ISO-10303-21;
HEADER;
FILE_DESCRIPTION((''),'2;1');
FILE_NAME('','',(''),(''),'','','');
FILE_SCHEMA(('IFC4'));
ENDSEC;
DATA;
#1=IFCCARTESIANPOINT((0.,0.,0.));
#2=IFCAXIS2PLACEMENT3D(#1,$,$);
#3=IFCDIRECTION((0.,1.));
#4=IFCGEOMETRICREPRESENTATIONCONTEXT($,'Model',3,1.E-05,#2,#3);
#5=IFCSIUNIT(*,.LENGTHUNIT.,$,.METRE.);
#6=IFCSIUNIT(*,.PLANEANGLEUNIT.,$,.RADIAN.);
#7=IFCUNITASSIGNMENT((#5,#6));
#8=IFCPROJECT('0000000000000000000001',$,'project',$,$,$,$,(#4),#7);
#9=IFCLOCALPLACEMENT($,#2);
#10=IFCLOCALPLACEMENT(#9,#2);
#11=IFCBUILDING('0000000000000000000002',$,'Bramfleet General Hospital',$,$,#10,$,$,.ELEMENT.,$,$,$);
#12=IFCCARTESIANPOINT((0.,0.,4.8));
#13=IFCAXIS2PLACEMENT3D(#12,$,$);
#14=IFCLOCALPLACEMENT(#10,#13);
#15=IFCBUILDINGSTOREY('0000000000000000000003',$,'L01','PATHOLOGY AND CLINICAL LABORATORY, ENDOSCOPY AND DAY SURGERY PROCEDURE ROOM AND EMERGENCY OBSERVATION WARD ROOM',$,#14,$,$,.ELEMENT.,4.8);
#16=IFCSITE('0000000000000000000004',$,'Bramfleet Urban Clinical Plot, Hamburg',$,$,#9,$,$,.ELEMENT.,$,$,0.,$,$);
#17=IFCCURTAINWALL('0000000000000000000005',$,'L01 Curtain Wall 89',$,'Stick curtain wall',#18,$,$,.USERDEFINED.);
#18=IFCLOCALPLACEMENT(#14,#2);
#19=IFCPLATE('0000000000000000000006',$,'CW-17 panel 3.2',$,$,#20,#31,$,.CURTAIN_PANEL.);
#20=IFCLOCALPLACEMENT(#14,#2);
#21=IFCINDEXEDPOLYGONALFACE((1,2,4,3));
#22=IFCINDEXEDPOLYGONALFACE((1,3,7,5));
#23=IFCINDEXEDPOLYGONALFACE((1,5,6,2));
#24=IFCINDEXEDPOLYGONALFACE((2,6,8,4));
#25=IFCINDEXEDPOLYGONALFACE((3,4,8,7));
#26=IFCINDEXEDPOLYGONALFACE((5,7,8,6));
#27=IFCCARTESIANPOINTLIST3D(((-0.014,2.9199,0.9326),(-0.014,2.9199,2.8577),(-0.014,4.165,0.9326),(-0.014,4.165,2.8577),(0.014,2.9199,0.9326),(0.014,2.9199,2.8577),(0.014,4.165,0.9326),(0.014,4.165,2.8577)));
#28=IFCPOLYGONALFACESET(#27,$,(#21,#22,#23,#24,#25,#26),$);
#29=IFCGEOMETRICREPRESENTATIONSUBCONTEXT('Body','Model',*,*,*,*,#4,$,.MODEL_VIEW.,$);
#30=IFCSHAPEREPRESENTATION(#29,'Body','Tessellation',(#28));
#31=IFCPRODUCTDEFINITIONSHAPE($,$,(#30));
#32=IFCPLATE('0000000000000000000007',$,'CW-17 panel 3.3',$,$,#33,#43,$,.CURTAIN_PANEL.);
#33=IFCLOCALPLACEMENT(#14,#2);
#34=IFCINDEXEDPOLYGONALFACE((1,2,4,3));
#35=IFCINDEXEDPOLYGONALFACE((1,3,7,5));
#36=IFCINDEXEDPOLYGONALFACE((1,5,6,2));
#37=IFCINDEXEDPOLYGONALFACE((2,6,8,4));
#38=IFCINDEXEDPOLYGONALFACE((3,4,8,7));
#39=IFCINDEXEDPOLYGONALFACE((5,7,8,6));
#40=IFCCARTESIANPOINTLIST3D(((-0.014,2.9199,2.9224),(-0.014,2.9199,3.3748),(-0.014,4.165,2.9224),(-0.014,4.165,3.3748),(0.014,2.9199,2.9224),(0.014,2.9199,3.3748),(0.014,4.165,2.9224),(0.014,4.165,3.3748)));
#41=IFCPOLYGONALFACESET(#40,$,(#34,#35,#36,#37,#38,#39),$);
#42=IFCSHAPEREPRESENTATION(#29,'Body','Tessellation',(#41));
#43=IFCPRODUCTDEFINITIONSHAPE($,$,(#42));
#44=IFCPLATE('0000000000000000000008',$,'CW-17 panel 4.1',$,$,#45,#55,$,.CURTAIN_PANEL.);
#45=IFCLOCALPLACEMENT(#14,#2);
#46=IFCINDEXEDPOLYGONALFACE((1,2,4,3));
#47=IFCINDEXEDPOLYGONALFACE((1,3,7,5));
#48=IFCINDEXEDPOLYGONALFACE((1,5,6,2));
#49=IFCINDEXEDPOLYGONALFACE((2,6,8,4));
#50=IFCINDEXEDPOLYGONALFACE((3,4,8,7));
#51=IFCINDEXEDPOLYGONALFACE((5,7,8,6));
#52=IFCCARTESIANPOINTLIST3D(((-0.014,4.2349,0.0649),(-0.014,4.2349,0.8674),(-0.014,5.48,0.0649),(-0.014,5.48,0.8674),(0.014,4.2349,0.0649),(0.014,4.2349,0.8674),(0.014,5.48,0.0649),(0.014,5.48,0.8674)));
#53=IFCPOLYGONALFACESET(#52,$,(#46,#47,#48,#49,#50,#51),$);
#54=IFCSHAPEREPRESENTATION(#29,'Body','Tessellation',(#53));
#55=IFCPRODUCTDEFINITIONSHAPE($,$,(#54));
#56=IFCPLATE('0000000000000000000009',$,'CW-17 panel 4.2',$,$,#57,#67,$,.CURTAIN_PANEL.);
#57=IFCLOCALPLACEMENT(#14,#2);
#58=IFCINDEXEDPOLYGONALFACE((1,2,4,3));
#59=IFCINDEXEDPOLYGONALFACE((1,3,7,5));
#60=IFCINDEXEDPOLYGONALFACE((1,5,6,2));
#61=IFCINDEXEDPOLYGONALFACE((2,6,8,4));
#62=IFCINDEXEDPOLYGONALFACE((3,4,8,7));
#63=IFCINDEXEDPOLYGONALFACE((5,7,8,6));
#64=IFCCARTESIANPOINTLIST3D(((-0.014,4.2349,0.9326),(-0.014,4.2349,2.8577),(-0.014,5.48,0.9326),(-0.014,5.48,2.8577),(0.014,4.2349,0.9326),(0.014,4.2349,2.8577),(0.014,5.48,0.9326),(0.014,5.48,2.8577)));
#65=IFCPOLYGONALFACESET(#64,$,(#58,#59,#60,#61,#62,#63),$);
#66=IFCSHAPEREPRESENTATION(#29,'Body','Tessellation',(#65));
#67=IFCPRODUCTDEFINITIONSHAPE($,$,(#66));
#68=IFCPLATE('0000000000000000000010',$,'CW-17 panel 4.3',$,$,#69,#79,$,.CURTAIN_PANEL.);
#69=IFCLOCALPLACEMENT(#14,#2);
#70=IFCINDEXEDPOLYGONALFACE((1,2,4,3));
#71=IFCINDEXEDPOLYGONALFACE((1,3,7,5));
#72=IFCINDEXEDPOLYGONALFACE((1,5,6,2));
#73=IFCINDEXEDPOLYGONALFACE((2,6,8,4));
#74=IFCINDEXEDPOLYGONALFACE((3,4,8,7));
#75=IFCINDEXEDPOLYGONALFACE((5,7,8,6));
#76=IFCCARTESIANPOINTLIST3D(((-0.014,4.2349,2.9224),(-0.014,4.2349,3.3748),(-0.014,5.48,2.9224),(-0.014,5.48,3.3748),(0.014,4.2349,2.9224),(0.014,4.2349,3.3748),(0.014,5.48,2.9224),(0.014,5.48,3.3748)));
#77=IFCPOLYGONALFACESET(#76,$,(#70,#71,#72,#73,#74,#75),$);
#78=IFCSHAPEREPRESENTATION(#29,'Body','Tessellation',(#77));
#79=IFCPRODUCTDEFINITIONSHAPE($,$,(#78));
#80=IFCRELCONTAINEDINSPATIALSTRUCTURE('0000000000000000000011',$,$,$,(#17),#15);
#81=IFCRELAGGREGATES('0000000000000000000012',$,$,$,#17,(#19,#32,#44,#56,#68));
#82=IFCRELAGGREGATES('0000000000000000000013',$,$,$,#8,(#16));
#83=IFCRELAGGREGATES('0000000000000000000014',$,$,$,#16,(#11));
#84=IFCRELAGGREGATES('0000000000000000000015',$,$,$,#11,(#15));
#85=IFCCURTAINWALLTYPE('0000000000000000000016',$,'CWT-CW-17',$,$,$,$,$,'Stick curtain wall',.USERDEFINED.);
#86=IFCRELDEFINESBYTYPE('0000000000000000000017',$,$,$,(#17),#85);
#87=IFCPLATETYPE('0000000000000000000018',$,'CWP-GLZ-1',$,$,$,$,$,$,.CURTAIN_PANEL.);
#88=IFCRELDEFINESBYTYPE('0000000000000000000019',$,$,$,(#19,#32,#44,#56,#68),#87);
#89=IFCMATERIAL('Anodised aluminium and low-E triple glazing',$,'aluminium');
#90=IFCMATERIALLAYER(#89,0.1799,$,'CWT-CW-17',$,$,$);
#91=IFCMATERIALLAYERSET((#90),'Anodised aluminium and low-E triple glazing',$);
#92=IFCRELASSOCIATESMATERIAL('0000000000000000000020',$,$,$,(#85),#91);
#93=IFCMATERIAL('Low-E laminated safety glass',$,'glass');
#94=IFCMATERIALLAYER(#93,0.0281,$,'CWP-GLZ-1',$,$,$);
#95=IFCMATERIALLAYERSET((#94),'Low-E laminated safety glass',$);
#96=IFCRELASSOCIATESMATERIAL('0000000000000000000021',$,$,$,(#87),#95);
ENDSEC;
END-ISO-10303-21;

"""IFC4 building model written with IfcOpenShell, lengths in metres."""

from ifc_helpers import new_model, si_unit, direction, frame, origin, origin_2d, place, context, subcontext, project, spatial, rectangle, extrude, material, layer, layer_set, type_object, element, aggregate, save


model = new_model("IFC4")

# Units and contexts
model_context = context("Model", 3, precision=1e-05, world=origin(), true_north=direction((0.0, 1.0)))
body_context = subcontext(model_context, "Body", "Model", "MODEL_VIEW")
ifc_project = project(units=[si_unit("LENGTHUNIT", "METRE"), si_unit("PLANEANGLEUNIT", "RADIAN")], contexts=[model_context])

# Site, building, storey
site_placement = place(None, origin())
site = spatial("IfcSite", under=ifc_project, at=site_placement, Name="Bramfleet Urban Clinical Plot, Hamburg", CompositionType="ELEMENT", RefElevation=0.0)
building_placement = place(site_placement, origin())
building = spatial("IfcBuilding", under=site, at=building_placement, Name="Bramfleet General Hospital", CompositionType="ELEMENT")
storey_placement = place(building_placement, frame((0.0, 0.0, 4.8)))
storey = spatial("IfcBuildingStorey", under=building, at=storey_placement, Name="L01", Description="PATHOLOGY AND CLINICAL LABORATORY, ENDOSCOPY AND DAY SURGERY PROCEDURE ROOM AND EMERGENCY OBSERVATION WARD ROOM", CompositionType="ELEMENT", Elevation=4.8)

# Curtain wall, plates
ifc_material_1 = material(Name="Anodised aluminium and low-E triple glazing", Category="aluminium")
ifc_layer_1 = layer(ifc_material_1, 0.1799, Name="CWT-CW-17")
ifc_layer_set_1 = layer_set([ifc_layer_1], Name="Anodised aluminium and low-E triple glazing")
curtain_wall_type = type_object("IfcCurtainWallType", Name="CWT-CW-17", ElementType="Stick curtain wall", PredefinedType="USERDEFINED", material=ifc_layer_set_1)
curtain_wall_placement = place(storey_placement, origin())
curtain_wall = element("IfcCurtainWall", 1, at=curtain_wall_placement, inside=storey, type_object=curtain_wall_type, Name="L01 Curtain Wall 89", ObjectType="Stick curtain wall", PredefinedType="USERDEFINED")
ifc_material_2 = material(Name="Low-E laminated safety glass", Category="glass")
ifc_layer_2 = layer(ifc_material_2, 0.0281, Name="CWP-GLZ-1")
ifc_layer_set_2 = layer_set([ifc_layer_2], Name="Low-E laminated safety glass")
plate_type = type_object("IfcPlateType", Name="CWP-GLZ-1", PredefinedType="CURTAIN_PANEL", material=ifc_layer_set_2)
plate_1_placement = place(storey_placement, frame((0.0, 3.5425, 0.9326), z_axis=(0.0, 0.0, 1.0), x_axis=(0.0, 1.0, 0.0)))
plate_1 = element("IfcPlate", 2, at=plate_1_placement, type_object=plate_type, Name="CW-17 panel 3.2", PredefinedType="CURTAIN_PANEL", context=body_context, shape_type="SweptSolid", body=[
    extrude(rectangle(XDim=1.2451, YDim=0.0281, at=origin_2d()), origin(), (0.0, 0.0, 1.0), 1.925),
])
plate_2_placement = place(storey_placement, frame((0.0, 3.5425, 2.9224), z_axis=(0.0, 0.0, 1.0), x_axis=(0.0, 1.0, 0.0)))
plate_2 = element("IfcPlate", 3, at=plate_2_placement, type_object=plate_type, Name="CW-17 panel 3.3", PredefinedType="CURTAIN_PANEL", context=body_context, shape_type="SweptSolid", body=[
    extrude(rectangle(XDim=1.2451, YDim=0.0281, at=origin_2d()), origin(), (0.0, 0.0, 1.0), 0.4524),
])
plate_3_placement = place(storey_placement, frame((0.0, 4.8574, 0.0649), z_axis=(0.0, 0.0, 1.0), x_axis=(0.0, 1.0, 0.0)))
plate_3 = element("IfcPlate", 4, at=plate_3_placement, type_object=plate_type, Name="CW-17 panel 4.1", PredefinedType="CURTAIN_PANEL", context=body_context, shape_type="SweptSolid", body=[
    extrude(rectangle(XDim=1.2451, YDim=0.0281, at=origin_2d()), origin(), (0.0, 0.0, 1.0), 0.8025),
])
plate_4_placement = place(storey_placement, frame((0.0, 4.8574, 0.9326), z_axis=(0.0, 0.0, 1.0), x_axis=(0.0, 1.0, 0.0)))
plate_4 = element("IfcPlate", 5, at=plate_4_placement, type_object=plate_type, Name="CW-17 panel 4.2", PredefinedType="CURTAIN_PANEL", context=body_context, shape_type="SweptSolid", body=[
    extrude(rectangle(XDim=1.2451, YDim=0.0281, at=origin_2d()), origin(), (0.0, 0.0, 1.0), 1.925),
])
plate_5_placement = place(storey_placement, frame((0.0, 4.8574, 2.9224), z_axis=(0.0, 0.0, 1.0), x_axis=(0.0, 1.0, 0.0)))
plate_5 = element("IfcPlate", 6, at=plate_5_placement, type_object=plate_type, Name="CW-17 panel 4.3", PredefinedType="CURTAIN_PANEL", context=body_context, shape_type="SweptSolid", body=[
    extrude(rectangle(XDim=1.2451, YDim=0.0281, at=origin_2d()), origin(), (0.0, 0.0, 1.0), 0.4524),
])
aggregate(curtain_wall, [plate_1, plate_2, plate_3, plate_4, plate_5])

save(model, "model.ifc")
